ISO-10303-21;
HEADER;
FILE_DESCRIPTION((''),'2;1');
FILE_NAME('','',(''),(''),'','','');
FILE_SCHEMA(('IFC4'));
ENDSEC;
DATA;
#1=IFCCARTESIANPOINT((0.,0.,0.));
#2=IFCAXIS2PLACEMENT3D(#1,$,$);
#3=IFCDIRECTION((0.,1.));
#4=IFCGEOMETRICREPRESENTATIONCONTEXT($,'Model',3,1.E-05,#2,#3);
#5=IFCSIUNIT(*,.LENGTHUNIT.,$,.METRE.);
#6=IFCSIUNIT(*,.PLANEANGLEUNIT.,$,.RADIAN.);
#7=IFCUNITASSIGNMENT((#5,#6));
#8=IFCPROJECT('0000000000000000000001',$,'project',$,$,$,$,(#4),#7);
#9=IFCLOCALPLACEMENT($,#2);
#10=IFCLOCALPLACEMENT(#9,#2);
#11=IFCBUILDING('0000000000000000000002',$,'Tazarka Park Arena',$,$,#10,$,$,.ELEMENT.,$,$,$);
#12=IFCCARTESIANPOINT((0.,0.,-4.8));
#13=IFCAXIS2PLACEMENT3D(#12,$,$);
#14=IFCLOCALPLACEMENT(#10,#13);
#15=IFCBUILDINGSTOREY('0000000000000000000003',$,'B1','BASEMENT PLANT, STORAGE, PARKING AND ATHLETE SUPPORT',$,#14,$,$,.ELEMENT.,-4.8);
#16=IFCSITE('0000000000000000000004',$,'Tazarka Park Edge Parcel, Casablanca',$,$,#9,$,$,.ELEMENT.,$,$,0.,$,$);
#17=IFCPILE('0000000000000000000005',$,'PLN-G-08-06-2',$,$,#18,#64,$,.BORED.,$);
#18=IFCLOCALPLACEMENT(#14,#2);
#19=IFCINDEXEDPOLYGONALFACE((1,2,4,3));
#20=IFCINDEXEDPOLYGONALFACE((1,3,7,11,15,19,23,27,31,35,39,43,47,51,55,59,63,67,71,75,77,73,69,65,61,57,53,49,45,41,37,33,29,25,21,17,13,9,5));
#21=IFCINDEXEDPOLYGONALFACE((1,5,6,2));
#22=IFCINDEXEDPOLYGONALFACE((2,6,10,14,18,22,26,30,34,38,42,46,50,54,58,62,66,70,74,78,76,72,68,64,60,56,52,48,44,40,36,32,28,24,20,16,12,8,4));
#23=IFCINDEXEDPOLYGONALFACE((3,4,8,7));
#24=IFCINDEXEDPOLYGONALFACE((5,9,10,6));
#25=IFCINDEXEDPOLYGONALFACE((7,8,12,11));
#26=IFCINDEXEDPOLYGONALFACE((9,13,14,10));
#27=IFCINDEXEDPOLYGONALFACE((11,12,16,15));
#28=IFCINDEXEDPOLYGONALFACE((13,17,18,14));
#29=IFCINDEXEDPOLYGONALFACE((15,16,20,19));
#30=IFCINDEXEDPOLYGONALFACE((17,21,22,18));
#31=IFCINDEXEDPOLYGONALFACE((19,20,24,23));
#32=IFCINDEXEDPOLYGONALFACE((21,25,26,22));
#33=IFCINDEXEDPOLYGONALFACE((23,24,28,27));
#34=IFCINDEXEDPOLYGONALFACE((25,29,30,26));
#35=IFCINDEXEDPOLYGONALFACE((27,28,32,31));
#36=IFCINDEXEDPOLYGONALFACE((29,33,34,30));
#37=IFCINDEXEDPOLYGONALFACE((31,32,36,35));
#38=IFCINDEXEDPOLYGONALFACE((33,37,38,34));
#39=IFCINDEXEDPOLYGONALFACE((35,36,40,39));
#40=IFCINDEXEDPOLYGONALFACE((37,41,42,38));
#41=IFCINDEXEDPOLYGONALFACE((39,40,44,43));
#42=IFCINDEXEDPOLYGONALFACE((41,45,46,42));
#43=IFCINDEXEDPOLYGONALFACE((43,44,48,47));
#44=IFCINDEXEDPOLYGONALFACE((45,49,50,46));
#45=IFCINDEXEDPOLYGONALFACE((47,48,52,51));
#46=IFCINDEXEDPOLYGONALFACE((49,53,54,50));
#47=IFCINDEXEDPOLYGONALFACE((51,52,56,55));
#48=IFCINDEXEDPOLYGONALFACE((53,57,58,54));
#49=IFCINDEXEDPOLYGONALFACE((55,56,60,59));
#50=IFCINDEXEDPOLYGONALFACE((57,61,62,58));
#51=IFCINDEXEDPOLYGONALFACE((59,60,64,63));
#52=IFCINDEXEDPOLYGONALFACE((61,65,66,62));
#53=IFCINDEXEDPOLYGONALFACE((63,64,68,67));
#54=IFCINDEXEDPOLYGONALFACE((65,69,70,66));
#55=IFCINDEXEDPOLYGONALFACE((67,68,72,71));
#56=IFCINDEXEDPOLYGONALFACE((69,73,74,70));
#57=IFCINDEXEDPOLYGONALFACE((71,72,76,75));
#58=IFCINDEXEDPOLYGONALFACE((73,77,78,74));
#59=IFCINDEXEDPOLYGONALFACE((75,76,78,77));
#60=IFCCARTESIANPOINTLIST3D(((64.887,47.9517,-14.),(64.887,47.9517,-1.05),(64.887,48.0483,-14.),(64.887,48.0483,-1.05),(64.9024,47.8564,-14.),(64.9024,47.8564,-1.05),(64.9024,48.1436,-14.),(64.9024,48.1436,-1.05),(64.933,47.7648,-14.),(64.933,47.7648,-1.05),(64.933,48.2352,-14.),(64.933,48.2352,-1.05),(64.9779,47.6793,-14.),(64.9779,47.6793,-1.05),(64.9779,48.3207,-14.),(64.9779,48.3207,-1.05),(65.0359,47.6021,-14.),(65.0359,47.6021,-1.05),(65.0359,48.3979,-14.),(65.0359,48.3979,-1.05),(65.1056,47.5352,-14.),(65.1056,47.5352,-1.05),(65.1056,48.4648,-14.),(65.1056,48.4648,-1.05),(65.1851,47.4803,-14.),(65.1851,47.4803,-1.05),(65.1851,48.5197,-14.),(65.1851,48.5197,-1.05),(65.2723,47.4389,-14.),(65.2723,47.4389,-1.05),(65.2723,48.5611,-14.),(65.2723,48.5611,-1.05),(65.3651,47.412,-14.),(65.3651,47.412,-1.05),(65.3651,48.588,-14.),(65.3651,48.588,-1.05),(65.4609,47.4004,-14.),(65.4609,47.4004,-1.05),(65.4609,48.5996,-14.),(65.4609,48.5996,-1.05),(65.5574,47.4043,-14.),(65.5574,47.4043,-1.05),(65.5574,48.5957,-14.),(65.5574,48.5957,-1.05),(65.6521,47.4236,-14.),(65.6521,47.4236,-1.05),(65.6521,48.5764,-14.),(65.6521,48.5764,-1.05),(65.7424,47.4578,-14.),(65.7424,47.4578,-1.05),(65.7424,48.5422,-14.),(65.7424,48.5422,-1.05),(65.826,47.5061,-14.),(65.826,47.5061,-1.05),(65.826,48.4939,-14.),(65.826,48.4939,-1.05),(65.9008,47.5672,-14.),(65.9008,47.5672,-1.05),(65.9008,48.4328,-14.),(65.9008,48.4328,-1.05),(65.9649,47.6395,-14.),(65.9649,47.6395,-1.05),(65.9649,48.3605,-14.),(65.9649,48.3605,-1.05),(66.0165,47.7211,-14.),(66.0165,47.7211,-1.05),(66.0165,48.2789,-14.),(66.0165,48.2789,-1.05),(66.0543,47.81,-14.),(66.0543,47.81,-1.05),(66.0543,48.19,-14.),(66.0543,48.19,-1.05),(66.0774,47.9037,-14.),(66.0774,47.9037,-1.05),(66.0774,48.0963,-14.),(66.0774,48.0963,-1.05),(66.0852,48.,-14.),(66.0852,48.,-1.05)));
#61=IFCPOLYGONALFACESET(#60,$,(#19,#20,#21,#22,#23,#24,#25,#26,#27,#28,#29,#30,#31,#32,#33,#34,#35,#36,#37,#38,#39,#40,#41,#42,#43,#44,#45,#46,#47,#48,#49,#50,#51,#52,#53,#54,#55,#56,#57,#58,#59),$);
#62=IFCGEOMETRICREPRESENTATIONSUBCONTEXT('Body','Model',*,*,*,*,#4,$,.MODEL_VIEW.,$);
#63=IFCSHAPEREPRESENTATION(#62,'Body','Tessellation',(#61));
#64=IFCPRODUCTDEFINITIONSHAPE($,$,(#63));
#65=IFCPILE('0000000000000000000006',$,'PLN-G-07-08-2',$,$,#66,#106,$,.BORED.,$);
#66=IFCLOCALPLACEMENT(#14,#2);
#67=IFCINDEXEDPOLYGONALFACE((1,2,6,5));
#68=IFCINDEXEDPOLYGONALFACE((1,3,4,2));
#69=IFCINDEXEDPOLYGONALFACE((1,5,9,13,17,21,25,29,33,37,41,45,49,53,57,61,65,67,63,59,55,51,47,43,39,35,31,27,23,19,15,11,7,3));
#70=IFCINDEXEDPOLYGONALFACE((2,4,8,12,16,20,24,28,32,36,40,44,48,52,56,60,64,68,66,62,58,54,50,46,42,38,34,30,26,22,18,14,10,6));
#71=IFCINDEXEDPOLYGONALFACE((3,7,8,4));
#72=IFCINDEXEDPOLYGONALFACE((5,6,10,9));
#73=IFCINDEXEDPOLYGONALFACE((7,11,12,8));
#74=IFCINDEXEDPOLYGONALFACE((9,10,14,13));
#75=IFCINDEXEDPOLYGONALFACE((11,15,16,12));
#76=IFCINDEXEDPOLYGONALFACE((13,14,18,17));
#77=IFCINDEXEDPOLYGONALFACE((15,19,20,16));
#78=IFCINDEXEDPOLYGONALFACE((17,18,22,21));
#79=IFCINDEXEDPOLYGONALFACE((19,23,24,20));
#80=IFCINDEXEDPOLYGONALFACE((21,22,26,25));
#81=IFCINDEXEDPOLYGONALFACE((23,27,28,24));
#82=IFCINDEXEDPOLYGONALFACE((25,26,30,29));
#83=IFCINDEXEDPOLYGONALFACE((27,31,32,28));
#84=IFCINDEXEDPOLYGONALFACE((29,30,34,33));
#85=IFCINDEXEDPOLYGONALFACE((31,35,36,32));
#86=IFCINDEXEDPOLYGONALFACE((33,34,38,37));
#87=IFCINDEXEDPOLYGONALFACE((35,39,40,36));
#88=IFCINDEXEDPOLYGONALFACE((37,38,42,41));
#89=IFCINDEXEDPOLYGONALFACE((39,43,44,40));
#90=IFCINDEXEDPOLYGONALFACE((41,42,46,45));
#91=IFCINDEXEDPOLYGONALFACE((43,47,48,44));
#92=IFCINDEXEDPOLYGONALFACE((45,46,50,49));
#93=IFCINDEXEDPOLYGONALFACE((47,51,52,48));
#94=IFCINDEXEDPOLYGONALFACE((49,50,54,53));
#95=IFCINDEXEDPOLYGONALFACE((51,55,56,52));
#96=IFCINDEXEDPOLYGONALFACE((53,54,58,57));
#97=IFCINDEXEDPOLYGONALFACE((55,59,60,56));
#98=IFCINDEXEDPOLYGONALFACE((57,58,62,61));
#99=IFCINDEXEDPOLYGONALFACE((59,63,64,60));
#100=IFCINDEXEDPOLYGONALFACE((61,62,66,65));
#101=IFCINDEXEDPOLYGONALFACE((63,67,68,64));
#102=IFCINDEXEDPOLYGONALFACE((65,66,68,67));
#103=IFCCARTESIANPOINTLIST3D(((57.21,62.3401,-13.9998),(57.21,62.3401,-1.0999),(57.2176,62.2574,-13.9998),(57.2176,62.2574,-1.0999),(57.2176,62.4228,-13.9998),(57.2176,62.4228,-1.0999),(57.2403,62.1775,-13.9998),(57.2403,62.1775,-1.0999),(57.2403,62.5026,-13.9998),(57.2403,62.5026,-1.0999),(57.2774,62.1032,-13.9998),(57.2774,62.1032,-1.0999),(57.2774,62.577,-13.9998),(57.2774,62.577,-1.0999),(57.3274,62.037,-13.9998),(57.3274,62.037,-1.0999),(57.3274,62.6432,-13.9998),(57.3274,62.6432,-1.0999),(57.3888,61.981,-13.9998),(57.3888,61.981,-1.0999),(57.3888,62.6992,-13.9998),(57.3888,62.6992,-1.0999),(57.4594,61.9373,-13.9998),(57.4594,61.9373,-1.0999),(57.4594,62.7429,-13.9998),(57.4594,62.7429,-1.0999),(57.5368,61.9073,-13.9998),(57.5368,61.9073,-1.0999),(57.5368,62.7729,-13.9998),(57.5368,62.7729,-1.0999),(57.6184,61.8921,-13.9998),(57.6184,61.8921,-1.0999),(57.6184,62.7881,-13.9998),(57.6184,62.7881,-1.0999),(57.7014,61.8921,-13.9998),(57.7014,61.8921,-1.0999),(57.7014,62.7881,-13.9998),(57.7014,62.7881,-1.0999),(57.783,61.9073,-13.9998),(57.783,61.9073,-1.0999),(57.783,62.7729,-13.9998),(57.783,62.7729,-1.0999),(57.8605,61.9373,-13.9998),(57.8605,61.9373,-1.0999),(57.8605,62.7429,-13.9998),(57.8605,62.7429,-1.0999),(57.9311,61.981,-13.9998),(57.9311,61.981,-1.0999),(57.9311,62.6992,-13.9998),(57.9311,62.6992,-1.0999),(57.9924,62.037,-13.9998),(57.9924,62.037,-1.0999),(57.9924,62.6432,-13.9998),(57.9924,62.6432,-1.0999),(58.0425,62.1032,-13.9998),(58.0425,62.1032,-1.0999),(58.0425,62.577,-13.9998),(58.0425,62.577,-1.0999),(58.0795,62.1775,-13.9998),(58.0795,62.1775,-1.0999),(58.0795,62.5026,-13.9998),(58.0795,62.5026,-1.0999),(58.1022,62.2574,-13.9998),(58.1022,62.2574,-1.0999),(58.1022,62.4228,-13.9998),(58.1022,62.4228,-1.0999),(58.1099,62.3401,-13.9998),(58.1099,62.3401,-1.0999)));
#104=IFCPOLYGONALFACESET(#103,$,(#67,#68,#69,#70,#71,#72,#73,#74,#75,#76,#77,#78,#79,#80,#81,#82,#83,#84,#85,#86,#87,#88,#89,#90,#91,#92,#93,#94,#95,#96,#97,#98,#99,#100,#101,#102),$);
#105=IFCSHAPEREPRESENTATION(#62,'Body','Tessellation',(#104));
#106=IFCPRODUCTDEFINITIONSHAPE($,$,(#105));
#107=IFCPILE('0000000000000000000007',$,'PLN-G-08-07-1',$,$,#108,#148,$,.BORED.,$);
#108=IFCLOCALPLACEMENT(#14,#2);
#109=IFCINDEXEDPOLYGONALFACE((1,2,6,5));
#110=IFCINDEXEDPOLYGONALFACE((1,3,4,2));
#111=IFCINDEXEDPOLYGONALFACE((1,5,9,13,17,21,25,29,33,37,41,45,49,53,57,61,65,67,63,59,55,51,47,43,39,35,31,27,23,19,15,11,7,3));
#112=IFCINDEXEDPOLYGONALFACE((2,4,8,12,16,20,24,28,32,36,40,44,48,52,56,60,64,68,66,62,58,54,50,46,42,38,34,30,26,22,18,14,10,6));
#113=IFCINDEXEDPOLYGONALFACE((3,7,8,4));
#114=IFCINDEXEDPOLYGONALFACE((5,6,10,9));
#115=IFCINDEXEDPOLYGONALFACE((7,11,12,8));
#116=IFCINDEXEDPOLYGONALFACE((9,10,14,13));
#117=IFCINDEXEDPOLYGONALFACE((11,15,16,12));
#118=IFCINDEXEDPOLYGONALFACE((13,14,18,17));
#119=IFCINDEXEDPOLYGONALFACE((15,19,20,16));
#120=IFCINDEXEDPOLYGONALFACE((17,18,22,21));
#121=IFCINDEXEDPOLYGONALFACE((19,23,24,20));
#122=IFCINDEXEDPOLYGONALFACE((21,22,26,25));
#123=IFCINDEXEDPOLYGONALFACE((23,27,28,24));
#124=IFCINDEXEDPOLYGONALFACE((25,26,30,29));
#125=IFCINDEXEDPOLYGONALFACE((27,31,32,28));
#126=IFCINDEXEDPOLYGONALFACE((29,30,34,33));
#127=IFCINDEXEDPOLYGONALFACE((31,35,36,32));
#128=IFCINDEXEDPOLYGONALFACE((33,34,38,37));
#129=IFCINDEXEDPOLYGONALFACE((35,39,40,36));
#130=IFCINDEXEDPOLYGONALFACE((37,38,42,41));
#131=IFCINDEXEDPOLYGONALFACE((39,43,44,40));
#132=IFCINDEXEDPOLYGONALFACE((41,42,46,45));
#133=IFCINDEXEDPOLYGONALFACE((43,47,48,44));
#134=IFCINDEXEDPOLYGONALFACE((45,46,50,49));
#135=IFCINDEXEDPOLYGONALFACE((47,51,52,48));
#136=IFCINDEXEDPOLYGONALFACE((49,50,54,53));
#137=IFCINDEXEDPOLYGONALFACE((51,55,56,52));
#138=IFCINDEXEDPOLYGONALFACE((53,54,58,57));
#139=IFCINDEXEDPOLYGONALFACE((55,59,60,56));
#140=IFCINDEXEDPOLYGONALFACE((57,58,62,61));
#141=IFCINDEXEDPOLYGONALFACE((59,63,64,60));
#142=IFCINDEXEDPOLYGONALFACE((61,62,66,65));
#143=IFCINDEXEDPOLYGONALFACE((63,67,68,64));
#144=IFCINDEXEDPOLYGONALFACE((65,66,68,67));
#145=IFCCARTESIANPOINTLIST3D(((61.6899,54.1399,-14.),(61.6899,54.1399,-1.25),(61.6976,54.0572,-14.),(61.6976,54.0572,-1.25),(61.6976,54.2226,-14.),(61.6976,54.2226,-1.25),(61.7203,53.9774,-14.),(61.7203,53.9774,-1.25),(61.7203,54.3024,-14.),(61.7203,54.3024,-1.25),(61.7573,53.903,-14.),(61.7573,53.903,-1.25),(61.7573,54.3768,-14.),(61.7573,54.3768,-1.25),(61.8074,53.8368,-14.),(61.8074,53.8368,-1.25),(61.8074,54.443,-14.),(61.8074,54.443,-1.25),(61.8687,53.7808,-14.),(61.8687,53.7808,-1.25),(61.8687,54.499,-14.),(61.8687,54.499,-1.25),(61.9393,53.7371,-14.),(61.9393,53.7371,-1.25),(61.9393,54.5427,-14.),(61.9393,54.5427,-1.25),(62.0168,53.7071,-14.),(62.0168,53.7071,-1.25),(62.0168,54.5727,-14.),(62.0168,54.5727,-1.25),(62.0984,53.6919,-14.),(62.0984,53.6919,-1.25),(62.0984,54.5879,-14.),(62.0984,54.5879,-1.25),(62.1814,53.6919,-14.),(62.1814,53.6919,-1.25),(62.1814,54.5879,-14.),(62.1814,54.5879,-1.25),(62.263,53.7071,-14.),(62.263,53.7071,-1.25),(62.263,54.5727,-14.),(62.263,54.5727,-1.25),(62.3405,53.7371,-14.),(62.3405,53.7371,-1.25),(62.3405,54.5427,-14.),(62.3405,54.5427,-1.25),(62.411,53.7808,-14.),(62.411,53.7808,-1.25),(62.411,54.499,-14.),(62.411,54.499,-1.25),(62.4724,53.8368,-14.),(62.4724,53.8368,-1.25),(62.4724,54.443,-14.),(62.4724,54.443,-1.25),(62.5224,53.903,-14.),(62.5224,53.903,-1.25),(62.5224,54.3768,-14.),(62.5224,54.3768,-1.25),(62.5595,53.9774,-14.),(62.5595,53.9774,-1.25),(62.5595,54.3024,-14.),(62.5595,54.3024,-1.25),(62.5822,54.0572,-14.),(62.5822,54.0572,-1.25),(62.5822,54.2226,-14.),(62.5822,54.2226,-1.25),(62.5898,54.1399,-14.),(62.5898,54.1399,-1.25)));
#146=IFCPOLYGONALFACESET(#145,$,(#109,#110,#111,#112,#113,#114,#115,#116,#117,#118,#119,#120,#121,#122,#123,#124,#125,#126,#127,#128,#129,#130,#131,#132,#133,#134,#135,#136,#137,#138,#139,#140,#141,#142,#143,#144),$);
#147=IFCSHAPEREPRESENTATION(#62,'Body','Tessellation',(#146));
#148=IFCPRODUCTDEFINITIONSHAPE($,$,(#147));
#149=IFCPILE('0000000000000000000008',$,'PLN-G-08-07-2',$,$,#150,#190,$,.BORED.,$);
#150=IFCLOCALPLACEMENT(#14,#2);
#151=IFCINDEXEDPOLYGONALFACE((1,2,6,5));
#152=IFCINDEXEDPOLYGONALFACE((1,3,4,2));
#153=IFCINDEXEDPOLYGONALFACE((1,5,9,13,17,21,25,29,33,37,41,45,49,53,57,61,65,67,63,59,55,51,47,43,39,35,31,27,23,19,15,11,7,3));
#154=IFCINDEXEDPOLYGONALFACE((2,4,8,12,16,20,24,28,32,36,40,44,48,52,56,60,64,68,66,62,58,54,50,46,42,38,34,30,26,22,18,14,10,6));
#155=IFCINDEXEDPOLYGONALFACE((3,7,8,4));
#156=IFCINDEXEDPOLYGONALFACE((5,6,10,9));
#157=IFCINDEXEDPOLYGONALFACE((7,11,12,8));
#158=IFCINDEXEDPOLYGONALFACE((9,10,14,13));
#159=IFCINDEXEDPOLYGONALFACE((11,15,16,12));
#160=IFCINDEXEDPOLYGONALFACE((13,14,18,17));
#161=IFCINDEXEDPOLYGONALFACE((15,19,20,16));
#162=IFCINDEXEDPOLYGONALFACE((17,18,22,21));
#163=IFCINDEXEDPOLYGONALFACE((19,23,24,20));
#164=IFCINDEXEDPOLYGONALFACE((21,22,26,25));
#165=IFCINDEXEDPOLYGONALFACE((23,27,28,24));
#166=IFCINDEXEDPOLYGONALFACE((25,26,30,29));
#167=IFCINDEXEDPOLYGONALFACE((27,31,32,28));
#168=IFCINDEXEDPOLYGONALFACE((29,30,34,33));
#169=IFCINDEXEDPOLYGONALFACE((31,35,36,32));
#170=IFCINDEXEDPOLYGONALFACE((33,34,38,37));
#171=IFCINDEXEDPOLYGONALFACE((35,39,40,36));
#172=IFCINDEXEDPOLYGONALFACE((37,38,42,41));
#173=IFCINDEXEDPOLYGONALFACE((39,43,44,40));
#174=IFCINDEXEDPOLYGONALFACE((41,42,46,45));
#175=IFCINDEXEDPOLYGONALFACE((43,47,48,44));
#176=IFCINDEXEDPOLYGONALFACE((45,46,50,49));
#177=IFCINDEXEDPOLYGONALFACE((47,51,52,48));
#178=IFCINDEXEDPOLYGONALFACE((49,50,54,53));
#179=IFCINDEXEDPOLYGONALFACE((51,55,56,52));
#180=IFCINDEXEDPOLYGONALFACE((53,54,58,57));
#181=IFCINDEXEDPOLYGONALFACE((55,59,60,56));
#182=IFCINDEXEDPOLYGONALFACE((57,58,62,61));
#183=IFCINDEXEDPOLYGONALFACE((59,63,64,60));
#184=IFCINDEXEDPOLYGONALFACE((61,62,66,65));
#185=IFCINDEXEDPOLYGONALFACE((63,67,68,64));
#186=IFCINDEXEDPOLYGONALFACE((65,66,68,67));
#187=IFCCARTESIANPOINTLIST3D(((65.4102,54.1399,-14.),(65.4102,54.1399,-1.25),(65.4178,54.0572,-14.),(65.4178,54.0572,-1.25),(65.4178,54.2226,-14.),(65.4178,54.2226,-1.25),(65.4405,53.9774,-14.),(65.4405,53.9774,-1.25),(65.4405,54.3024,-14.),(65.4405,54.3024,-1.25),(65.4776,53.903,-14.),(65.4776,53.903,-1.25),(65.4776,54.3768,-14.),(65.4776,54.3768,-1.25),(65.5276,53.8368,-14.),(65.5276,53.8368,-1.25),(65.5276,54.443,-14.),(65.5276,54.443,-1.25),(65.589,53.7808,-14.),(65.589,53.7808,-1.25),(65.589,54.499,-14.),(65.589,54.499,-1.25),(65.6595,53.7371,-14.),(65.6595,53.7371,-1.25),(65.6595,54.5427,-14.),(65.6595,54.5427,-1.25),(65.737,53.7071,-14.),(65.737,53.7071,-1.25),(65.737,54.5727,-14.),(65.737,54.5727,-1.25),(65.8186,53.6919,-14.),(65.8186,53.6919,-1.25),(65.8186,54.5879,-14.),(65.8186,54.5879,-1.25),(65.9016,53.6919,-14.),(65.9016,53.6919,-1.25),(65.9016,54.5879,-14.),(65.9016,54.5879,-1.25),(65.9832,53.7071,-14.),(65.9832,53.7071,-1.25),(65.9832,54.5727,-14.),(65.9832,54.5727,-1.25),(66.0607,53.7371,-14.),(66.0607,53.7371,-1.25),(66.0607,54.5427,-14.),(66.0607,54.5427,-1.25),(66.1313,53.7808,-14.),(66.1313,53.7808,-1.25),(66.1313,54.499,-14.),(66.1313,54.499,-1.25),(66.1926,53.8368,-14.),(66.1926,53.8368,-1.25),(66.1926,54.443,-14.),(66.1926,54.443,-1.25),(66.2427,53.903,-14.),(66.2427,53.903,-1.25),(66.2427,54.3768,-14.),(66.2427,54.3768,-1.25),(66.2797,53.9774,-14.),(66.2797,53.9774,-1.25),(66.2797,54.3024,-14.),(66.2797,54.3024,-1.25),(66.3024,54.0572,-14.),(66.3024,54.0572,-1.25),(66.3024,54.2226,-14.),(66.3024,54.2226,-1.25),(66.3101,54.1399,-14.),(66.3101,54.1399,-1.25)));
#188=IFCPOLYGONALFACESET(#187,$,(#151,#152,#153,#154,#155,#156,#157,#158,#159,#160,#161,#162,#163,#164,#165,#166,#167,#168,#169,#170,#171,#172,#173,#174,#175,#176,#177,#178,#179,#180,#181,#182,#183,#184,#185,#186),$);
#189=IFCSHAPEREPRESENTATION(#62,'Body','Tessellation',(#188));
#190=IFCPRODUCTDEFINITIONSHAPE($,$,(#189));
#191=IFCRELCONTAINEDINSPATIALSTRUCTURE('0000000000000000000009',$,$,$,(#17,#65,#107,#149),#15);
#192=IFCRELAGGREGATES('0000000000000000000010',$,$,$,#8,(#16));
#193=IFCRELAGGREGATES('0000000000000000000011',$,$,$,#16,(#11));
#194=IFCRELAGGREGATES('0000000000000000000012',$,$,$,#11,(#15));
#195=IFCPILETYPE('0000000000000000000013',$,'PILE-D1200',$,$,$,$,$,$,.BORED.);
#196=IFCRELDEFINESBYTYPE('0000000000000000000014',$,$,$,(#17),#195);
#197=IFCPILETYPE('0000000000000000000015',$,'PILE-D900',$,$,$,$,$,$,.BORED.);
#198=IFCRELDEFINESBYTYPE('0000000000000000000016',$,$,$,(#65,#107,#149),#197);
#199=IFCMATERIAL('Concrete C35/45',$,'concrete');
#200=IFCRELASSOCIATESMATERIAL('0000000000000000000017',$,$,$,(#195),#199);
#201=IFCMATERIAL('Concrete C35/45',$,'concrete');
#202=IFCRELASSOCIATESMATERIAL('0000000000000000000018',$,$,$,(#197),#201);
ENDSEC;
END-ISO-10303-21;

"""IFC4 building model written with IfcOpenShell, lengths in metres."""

from ifc_helpers import new_model, si_unit, direction, frame, origin, origin_2d, place, context, subcontext, project, spatial, circle, extrude, material, material_profile, profile_set, type_object, element, save


model = new_model("IFC4")

# Units and contexts
model_context = context("Model", 3, precision=1e-05, world=origin(), true_north=direction((0.0, 1.0)))
body_context = subcontext(model_context, "Body", "Model", "MODEL_VIEW")
ifc_project = project(units=[si_unit("LENGTHUNIT", "METRE"), si_unit("PLANEANGLEUNIT", "RADIAN")], contexts=[model_context])

# Site, building, storey
site_placement = place(None, origin())
site = spatial("IfcSite", under=ifc_project, at=site_placement, Name="Tazarka Park Edge Parcel, Casablanca", CompositionType="ELEMENT", RefElevation=0.0)
building_placement = place(site_placement, origin())
building = spatial("IfcBuilding", under=site, at=building_placement, Name="Tazarka Park Arena", CompositionType="ELEMENT")
storey_placement = place(building_placement, frame((0.0, 0.0, -4.8)))
storey = spatial("IfcBuildingStorey", under=building, at=storey_placement, Name="B1", Description="BASEMENT PLANT, STORAGE, PARKING AND ATHLETE SUPPORT", CompositionType="ELEMENT", Elevation=-4.8)

# Piles
ifc_material_1 = material(Name="Concrete C35/45", Category="concrete")
ifc_material_profile_1 = material_profile(ifc_material_1, circle(Radius=0.6001, at=origin_2d()), Name="Concrete C35/45")
ifc_profile_set_1 = profile_set([ifc_material_profile_1], Name="Concrete C35/45")
pile_type_1 = type_object("IfcPileType", Name="PILE-D1200", PredefinedType="BORED", material=ifc_profile_set_1)
for number, where, z_axis, x_axis, name in (
    (1, (65.4851, 48.0, -1.05), (0.0, 0.0, -1.0), (1.0, 0.0, 0.0), "PLN-G-08-06-2"),
):
    element("IfcPile", number, at=place(storey_placement, frame(where, z_axis=z_axis, x_axis=x_axis)), inside=storey, type_object=pile_type_1, Name=name, PredefinedType="BORED", context=body_context, shape_type="SweptSolid", body=[
        extrude(circle(Radius=0.6001, at=origin_2d()), origin(), (0.0, 0.0, 1.0), 12.95),
    ])
ifc_material_2 = material(Name="Concrete C35/45", Category="concrete")
ifc_material_profile_2 = material_profile(ifc_material_2, circle(Radius=0.45, at=origin_2d()), Name="Concrete C35/45")
ifc_profile_set_2 = profile_set([ifc_material_profile_2], Name="Concrete C35/45")
pile_type_2 = type_object("IfcPileType", Name="PILE-D900", PredefinedType="BORED", material=ifc_profile_set_2)
pile_1_placement = place(storey_placement, frame((57.6599, 62.3401, -1.0999), z_axis=(0.0, 0.0, -1.0), x_axis=(1.0, 0.0, 0.0)))
element("IfcPile", 2, at=pile_1_placement, inside=storey, type_object=pile_type_2, Name="PLN-G-07-08-2", PredefinedType="BORED", context=body_context, shape_type="SweptSolid", body=[
    extrude(circle(Radius=0.45, at=origin_2d()), origin(), (0.0, 0.0, 1.0), 12.8999),
])
for number, where, z_axis, x_axis, name in (
    (3, (62.1399, 54.1399, -1.25), (0.0, 0.0, -1.0), (1.0, 0.0, 0.0), "PLN-G-08-07-1"),
    (4, (65.8601, 54.1399, -1.25), (0.0, 0.0, -1.0), (1.0, 0.0, 0.0), "PLN-G-08-07-2"),
):
    element("IfcPile", number, at=place(storey_placement, frame(where, z_axis=z_axis, x_axis=x_axis)), inside=storey, type_object=pile_type_2, Name=name, PredefinedType="BORED", context=body_context, shape_type="SweptSolid", body=[
        extrude(circle(Radius=0.45, at=origin_2d()), origin(), (0.0, 0.0, 1.0), 12.75),
    ])

save(model, "model.ifc")
